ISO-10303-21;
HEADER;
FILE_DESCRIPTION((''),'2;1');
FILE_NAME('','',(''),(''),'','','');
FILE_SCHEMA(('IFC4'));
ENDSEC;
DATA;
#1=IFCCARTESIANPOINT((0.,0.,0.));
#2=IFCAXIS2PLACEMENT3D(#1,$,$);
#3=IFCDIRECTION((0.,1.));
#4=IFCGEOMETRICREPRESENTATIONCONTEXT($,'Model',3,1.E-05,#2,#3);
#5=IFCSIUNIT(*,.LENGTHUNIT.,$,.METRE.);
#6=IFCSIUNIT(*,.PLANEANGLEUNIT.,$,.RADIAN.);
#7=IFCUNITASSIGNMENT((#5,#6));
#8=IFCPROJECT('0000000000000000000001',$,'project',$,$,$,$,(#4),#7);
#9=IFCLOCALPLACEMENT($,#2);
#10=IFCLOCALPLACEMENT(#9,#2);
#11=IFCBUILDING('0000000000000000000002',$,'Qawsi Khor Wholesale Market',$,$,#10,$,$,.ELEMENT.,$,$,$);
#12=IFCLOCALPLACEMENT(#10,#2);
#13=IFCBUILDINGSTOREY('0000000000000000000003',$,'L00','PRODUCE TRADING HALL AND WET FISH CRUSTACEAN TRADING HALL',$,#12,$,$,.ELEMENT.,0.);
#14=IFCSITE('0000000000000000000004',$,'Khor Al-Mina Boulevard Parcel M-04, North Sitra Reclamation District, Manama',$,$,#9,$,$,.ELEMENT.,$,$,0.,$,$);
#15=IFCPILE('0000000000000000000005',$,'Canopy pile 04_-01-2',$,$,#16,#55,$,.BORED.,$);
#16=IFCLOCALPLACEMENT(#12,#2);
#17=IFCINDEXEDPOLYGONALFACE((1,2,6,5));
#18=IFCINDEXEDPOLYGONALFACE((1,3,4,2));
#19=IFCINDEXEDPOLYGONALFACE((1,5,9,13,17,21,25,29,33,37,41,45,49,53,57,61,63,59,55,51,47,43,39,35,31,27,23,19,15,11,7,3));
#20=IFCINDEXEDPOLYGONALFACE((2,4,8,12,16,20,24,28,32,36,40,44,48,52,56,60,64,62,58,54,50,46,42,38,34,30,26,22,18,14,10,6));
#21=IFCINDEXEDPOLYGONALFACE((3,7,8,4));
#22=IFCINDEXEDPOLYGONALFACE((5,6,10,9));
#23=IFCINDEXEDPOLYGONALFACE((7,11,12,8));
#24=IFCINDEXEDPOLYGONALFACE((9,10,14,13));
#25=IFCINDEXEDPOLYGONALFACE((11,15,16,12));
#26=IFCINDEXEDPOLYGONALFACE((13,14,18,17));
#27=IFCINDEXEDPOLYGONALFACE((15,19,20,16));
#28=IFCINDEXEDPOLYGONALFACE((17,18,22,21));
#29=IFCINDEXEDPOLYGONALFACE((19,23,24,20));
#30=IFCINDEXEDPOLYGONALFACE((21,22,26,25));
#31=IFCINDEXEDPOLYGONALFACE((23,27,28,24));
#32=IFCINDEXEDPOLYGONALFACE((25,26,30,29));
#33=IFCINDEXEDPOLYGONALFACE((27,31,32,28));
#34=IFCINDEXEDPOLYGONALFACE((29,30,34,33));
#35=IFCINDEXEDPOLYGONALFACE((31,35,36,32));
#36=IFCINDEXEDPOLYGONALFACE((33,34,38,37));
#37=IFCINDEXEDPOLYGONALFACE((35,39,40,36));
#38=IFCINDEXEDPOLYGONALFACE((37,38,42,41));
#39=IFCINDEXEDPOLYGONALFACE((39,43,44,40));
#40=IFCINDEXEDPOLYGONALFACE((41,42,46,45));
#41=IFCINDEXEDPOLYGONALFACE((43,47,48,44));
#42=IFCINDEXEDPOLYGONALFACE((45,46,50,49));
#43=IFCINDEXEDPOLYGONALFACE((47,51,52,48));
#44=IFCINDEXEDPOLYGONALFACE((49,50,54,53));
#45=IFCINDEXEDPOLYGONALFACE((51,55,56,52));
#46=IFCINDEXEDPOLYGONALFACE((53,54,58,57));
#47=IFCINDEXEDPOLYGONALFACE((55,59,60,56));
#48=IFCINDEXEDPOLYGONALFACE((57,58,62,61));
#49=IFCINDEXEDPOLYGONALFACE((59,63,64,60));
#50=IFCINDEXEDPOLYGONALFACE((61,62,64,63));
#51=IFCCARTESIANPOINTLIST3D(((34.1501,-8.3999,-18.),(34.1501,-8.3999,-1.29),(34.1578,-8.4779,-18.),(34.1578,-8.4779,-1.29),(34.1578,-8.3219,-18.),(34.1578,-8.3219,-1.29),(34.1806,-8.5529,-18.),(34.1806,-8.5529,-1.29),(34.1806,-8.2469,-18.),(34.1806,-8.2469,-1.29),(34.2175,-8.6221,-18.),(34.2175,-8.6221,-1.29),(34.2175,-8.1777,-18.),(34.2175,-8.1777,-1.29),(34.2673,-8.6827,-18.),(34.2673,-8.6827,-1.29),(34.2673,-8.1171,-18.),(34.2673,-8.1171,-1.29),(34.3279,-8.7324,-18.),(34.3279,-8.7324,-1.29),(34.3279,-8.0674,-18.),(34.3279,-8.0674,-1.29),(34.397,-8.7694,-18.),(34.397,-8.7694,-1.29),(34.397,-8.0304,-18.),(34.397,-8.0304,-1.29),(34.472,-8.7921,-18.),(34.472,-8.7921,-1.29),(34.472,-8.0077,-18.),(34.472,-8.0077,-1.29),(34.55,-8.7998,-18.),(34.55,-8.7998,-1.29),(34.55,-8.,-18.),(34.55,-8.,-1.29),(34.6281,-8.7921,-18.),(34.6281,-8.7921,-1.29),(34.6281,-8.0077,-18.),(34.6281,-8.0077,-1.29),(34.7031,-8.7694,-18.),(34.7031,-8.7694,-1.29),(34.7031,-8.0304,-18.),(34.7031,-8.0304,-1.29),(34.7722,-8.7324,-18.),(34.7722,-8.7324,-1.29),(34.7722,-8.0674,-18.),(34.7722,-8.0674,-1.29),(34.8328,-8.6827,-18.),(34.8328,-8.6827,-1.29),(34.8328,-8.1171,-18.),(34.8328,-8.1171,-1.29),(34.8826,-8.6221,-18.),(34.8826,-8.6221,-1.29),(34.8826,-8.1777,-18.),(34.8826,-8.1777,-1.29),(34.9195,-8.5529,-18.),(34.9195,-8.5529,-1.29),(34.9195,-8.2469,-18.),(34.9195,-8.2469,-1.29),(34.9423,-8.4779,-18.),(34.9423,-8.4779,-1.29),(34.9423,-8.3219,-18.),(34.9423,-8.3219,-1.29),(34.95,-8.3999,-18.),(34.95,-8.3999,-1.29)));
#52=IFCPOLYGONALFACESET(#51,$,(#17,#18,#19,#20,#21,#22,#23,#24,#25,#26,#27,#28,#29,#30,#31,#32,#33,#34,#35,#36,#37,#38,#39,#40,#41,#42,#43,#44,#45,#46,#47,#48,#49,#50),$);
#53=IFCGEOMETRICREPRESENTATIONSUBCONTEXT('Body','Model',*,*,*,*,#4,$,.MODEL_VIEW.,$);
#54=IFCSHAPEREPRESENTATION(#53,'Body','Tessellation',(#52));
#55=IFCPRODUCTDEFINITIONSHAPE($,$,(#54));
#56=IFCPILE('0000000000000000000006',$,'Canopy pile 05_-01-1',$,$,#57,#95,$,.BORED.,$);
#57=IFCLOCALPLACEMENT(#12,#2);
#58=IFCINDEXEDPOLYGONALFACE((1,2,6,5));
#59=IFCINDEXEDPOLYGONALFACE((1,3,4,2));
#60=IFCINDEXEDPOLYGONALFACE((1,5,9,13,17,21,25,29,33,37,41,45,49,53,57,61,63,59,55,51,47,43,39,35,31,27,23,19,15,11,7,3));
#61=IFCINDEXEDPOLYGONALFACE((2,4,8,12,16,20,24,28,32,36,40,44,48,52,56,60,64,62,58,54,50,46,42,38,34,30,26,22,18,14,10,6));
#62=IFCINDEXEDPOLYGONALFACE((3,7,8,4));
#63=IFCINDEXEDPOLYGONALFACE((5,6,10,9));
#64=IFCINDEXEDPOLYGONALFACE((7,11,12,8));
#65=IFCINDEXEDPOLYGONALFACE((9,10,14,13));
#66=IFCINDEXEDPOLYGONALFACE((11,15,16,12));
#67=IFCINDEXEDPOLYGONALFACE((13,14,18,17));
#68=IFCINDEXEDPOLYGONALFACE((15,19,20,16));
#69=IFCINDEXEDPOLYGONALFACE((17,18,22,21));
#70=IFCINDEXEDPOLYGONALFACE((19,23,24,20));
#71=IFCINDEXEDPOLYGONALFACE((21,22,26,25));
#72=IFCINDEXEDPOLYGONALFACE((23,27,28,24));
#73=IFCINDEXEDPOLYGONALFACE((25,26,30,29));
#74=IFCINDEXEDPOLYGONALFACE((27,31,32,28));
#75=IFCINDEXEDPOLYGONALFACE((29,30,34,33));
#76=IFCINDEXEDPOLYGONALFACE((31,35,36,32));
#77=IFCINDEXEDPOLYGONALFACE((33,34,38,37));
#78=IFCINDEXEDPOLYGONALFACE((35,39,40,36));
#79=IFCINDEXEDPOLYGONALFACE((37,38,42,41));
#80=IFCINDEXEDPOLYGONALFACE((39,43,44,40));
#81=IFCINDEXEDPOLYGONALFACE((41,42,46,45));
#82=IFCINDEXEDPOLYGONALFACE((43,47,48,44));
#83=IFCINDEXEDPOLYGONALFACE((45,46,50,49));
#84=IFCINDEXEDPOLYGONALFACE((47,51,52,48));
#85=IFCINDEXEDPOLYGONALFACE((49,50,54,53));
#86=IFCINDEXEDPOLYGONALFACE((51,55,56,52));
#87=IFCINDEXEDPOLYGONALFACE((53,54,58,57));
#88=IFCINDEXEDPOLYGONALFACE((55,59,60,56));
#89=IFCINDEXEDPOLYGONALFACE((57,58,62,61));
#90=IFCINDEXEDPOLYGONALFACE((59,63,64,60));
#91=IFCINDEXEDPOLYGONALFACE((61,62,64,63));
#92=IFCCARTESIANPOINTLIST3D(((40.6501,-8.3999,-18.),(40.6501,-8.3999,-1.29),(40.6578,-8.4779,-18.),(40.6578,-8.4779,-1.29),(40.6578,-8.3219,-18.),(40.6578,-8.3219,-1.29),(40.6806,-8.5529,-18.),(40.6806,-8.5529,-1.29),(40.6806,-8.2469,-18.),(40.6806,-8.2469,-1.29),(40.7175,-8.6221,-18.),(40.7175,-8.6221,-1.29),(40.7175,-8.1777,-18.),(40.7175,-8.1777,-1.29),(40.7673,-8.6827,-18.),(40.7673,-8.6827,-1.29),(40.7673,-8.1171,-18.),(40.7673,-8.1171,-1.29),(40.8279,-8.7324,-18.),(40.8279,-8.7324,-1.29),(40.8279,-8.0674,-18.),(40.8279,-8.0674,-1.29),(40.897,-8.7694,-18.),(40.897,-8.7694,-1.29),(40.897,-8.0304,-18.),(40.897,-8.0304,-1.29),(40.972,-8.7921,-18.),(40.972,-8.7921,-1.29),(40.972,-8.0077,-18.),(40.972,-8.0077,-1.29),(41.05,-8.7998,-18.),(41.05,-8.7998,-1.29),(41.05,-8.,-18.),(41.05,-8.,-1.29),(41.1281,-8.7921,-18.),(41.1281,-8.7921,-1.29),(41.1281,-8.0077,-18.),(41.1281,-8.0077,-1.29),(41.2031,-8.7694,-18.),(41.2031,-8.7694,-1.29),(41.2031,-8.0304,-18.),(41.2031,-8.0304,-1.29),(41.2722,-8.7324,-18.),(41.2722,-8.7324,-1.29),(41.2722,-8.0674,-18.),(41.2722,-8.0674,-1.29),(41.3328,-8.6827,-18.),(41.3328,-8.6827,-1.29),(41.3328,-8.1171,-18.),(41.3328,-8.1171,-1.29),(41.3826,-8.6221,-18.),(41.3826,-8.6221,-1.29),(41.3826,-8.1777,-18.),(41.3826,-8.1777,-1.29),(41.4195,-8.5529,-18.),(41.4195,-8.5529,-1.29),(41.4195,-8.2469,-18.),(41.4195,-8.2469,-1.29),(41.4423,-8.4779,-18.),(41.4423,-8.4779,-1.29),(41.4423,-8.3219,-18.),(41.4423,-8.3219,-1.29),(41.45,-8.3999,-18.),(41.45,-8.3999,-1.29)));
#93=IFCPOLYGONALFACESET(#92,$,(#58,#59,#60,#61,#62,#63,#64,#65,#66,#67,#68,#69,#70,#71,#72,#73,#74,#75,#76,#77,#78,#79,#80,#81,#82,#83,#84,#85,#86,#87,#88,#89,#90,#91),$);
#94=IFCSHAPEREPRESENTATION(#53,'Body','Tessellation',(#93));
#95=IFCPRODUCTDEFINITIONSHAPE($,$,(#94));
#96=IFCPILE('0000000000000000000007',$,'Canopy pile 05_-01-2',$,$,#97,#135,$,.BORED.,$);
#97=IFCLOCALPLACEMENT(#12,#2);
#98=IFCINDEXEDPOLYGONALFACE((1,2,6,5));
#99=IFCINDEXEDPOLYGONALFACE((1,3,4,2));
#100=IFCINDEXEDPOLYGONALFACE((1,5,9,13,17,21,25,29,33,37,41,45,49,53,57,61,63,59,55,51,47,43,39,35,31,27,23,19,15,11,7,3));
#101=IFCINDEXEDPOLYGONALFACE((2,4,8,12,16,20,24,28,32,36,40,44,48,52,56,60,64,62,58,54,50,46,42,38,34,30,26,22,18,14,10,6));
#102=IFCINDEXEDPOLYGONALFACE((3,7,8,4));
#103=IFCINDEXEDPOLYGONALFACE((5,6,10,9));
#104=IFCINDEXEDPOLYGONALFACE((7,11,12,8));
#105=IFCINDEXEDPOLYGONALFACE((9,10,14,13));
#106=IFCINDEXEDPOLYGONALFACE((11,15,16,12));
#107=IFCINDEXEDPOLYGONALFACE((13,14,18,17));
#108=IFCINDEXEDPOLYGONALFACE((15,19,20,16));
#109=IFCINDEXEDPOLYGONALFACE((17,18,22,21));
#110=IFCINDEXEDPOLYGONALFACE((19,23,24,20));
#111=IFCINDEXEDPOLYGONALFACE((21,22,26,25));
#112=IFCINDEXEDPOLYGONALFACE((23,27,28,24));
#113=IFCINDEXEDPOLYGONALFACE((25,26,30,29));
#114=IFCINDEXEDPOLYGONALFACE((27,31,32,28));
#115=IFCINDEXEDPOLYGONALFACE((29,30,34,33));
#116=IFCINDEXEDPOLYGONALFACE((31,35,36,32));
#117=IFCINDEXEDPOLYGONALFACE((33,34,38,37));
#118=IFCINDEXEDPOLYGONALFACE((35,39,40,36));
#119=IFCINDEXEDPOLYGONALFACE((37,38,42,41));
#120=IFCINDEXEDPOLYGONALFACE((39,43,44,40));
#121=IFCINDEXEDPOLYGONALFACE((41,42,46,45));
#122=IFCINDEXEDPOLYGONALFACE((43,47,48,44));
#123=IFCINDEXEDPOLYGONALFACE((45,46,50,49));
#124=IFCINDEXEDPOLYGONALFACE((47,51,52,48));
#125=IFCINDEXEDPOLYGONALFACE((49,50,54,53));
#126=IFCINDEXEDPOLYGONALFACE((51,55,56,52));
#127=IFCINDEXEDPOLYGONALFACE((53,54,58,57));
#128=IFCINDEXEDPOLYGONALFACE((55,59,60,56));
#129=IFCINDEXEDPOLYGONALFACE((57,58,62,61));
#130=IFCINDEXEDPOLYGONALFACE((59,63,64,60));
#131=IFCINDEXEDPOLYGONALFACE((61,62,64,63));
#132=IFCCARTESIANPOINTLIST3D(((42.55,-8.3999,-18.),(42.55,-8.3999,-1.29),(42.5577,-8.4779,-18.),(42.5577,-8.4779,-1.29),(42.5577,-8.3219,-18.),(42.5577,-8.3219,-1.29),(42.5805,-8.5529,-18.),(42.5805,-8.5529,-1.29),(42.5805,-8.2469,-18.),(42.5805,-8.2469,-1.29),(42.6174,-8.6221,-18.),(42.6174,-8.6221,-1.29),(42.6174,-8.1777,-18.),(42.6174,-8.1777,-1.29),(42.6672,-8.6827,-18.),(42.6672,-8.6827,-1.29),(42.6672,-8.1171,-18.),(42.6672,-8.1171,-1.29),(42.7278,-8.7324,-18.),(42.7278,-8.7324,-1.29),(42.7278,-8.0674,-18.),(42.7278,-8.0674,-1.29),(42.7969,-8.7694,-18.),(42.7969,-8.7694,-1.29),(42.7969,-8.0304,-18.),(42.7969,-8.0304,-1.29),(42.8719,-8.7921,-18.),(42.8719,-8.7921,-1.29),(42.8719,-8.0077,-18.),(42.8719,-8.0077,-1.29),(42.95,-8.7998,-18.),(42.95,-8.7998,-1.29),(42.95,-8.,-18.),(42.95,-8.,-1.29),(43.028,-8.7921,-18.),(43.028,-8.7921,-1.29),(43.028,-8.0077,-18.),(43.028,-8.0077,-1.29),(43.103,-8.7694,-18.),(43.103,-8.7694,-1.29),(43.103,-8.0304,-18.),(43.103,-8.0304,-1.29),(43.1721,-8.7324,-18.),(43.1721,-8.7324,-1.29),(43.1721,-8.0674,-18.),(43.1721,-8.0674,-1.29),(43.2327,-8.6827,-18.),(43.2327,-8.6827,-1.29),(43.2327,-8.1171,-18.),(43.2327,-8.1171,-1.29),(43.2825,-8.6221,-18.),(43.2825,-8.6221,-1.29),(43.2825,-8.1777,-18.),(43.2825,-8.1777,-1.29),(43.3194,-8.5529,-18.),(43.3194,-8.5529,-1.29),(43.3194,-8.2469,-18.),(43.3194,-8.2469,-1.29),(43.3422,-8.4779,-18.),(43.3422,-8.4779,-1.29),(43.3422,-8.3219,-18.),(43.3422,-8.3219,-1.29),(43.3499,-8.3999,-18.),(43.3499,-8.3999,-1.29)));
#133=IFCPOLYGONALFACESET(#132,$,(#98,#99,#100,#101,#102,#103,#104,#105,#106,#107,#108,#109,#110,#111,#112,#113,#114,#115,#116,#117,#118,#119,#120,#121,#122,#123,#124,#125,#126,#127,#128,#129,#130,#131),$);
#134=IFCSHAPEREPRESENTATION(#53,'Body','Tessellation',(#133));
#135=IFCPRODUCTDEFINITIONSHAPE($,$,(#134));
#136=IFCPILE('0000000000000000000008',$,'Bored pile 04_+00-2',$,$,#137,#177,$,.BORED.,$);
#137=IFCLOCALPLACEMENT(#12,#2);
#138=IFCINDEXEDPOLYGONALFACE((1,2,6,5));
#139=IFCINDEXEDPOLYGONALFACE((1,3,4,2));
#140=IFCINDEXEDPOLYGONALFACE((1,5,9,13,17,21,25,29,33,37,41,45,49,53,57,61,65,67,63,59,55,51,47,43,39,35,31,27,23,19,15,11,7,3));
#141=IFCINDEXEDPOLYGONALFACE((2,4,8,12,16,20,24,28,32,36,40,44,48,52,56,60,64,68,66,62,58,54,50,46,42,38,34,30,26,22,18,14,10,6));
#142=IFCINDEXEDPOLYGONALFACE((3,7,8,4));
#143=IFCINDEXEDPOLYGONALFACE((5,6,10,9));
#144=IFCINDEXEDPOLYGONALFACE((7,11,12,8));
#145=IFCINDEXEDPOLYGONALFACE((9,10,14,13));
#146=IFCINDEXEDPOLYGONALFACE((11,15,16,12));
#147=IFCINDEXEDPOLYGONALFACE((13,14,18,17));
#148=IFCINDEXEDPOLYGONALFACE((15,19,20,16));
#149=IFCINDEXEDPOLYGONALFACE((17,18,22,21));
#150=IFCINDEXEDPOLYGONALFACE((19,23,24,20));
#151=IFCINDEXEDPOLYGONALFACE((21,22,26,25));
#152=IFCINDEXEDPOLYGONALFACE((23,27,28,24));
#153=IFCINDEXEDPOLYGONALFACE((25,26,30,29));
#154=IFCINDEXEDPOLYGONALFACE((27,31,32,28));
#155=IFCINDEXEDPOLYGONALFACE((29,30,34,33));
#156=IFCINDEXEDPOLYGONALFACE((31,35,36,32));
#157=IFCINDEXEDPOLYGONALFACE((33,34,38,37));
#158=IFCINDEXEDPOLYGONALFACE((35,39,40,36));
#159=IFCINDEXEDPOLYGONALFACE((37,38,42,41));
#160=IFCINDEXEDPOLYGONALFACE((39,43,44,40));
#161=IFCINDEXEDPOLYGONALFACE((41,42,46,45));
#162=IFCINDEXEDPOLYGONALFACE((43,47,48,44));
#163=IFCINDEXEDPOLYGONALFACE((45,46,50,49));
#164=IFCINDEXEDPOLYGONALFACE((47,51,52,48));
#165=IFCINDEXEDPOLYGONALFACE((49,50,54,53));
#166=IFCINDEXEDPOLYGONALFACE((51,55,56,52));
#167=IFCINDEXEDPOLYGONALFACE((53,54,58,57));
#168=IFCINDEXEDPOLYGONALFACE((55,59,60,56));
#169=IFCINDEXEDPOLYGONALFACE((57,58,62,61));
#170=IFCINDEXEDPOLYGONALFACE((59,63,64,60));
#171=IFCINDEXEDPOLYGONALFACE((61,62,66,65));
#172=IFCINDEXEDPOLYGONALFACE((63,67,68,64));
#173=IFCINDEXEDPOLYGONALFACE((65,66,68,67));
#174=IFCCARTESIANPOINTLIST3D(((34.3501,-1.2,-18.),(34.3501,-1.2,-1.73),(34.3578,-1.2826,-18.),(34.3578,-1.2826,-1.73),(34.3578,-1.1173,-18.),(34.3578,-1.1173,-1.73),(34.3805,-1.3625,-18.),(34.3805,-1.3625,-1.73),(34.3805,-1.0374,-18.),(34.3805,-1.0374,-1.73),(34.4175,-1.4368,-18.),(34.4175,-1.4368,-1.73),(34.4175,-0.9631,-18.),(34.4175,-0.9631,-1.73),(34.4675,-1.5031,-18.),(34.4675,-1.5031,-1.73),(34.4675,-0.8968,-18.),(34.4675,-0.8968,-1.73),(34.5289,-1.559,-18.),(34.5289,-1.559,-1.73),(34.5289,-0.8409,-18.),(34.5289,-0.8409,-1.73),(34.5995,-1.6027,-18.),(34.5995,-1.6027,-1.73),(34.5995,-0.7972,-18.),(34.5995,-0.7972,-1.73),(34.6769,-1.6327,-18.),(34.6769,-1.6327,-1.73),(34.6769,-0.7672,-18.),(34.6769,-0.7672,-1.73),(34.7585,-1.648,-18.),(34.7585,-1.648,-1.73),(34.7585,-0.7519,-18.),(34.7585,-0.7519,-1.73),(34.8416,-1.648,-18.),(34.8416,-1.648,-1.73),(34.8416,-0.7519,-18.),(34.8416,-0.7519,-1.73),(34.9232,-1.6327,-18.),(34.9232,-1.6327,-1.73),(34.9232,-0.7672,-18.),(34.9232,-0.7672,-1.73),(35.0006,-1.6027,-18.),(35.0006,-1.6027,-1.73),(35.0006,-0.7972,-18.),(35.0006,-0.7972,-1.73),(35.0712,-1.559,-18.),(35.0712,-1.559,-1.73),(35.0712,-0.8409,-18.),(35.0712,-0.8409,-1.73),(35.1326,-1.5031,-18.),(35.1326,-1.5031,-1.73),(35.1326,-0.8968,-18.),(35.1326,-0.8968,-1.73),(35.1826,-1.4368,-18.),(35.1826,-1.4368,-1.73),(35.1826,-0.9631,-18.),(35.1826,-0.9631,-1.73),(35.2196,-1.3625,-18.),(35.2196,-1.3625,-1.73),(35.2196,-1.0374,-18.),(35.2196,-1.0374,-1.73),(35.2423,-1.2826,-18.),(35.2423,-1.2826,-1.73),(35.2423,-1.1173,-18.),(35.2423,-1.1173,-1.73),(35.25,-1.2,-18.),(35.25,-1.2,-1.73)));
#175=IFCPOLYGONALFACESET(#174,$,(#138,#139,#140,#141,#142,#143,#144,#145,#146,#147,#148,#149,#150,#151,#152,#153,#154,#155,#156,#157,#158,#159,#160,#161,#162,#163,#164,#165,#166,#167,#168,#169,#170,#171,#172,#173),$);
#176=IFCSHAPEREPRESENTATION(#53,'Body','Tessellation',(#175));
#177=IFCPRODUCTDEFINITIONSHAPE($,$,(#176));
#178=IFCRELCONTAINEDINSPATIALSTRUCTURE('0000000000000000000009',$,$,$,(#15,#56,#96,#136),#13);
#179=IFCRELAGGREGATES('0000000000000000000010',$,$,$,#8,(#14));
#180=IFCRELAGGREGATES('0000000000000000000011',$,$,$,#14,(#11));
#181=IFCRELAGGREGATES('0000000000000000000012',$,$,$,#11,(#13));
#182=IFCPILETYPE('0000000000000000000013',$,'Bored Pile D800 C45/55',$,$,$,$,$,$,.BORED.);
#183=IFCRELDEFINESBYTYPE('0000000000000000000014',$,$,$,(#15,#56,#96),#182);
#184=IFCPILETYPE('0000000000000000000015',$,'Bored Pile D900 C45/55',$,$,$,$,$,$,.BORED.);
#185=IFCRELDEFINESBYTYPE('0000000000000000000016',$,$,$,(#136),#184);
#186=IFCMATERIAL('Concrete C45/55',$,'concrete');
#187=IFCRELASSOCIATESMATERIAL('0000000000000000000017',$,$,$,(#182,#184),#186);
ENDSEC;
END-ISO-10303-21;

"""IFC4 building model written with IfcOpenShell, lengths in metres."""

from ifc_helpers import new_model, si_unit, direction, frame, origin, origin_2d, place, context, subcontext, project, spatial, circle, extrude, material, material_profile, profile_set, type_object, element, save


model = new_model("IFC4")

# Units and contexts
model_context = context("Model", 3, precision=1e-05, world=origin(), true_north=direction((0.0, 1.0)))
body_context = subcontext(model_context, "Body", "Model", "MODEL_VIEW")
ifc_project = project(units=[si_unit("LENGTHUNIT", "METRE"), si_unit("PLANEANGLEUNIT", "RADIAN")], contexts=[model_context])

# Site, building, storey
site_placement = place(None, origin())
site = spatial("IfcSite", under=ifc_project, at=site_placement, Name="Khor Al-Mina Boulevard Parcel M-04, North Sitra Reclamation District, Manama", CompositionType="ELEMENT", RefElevation=0.0)
building_placement = place(site_placement, origin())
building = spatial("IfcBuilding", under=site, at=building_placement, Name="Qawsi Khor Wholesale Market", CompositionType="ELEMENT")
storey_placement = place(building_placement, origin())
storey = spatial("IfcBuildingStorey", under=building, at=storey_placement, Name="L00", Description="PRODUCE TRADING HALL AND WET FISH CRUSTACEAN TRADING HALL", CompositionType="ELEMENT", Elevation=0.0)

# Piles
ifc_material_1 = material(Name="Concrete C45/55", Category="concrete")
ifc_material_profile_1 = material_profile(ifc_material_1, circle(Radius=0.3999, at=origin_2d()), Name="PILE D800")
ifc_profile_set_1 = profile_set([ifc_material_profile_1], Name="Concrete C45/55")
pile_type_1 = type_object("IfcPileType", Name="Bored Pile D800 C45/55", PredefinedType="BORED", material=ifc_profile_set_1)
for number, where, z_axis, x_axis, name in (
    (1, (34.55, -8.3999, -1.29), (0.0, 0.0, -1.0), (1.0, 0.0, 0.0), "Canopy pile 04_-01-2"),
    (2, (41.05, -8.3999, -1.29), (0.0, 0.0, -1.0), (1.0, 0.0, 0.0), "Canopy pile 05_-01-1"),
    (3, (42.95, -8.3999, -1.29), (0.0, 0.0, -1.0), (1.0, 0.0, 0.0), "Canopy pile 05_-01-2"),
):
    element("IfcPile", number, at=place(storey_placement, frame(where, z_axis=z_axis, x_axis=x_axis)), inside=storey, type_object=pile_type_1, Name=name, PredefinedType="BORED", context=body_context, shape_type="SweptSolid", body=[
        extrude(circle(Radius=0.3999, at=origin_2d()), origin(), (0.0, 0.0, 1.0), 16.71),
    ])
ifc_material_profile_2 = material_profile(ifc_material_1, circle(Radius=0.45, at=origin_2d()), Name="PILE D900")
ifc_profile_set_2 = profile_set([ifc_material_profile_2], Name="Concrete C45/55")
pile_type_2 = type_object("IfcPileType", Name="Bored Pile D900 C45/55", PredefinedType="BORED", material=ifc_profile_set_2)
for number, where, z_axis, x_axis, name in (
    (4, (34.8, -1.2, -1.73), (0.0, 0.0, -1.0), (1.0, 0.0, 0.0), "Bored pile 04_+00-2"),
):
    element("IfcPile", number, at=place(storey_placement, frame(where, z_axis=z_axis, x_axis=x_axis)), inside=storey, type_object=pile_type_2, Name=name, PredefinedType="BORED", context=body_context, shape_type="SweptSolid", body=[
        extrude(circle(Radius=0.45, at=origin_2d()), origin(), (0.0, 0.0, 1.0), 16.27),
    ])

save(model, "model.ifc")
